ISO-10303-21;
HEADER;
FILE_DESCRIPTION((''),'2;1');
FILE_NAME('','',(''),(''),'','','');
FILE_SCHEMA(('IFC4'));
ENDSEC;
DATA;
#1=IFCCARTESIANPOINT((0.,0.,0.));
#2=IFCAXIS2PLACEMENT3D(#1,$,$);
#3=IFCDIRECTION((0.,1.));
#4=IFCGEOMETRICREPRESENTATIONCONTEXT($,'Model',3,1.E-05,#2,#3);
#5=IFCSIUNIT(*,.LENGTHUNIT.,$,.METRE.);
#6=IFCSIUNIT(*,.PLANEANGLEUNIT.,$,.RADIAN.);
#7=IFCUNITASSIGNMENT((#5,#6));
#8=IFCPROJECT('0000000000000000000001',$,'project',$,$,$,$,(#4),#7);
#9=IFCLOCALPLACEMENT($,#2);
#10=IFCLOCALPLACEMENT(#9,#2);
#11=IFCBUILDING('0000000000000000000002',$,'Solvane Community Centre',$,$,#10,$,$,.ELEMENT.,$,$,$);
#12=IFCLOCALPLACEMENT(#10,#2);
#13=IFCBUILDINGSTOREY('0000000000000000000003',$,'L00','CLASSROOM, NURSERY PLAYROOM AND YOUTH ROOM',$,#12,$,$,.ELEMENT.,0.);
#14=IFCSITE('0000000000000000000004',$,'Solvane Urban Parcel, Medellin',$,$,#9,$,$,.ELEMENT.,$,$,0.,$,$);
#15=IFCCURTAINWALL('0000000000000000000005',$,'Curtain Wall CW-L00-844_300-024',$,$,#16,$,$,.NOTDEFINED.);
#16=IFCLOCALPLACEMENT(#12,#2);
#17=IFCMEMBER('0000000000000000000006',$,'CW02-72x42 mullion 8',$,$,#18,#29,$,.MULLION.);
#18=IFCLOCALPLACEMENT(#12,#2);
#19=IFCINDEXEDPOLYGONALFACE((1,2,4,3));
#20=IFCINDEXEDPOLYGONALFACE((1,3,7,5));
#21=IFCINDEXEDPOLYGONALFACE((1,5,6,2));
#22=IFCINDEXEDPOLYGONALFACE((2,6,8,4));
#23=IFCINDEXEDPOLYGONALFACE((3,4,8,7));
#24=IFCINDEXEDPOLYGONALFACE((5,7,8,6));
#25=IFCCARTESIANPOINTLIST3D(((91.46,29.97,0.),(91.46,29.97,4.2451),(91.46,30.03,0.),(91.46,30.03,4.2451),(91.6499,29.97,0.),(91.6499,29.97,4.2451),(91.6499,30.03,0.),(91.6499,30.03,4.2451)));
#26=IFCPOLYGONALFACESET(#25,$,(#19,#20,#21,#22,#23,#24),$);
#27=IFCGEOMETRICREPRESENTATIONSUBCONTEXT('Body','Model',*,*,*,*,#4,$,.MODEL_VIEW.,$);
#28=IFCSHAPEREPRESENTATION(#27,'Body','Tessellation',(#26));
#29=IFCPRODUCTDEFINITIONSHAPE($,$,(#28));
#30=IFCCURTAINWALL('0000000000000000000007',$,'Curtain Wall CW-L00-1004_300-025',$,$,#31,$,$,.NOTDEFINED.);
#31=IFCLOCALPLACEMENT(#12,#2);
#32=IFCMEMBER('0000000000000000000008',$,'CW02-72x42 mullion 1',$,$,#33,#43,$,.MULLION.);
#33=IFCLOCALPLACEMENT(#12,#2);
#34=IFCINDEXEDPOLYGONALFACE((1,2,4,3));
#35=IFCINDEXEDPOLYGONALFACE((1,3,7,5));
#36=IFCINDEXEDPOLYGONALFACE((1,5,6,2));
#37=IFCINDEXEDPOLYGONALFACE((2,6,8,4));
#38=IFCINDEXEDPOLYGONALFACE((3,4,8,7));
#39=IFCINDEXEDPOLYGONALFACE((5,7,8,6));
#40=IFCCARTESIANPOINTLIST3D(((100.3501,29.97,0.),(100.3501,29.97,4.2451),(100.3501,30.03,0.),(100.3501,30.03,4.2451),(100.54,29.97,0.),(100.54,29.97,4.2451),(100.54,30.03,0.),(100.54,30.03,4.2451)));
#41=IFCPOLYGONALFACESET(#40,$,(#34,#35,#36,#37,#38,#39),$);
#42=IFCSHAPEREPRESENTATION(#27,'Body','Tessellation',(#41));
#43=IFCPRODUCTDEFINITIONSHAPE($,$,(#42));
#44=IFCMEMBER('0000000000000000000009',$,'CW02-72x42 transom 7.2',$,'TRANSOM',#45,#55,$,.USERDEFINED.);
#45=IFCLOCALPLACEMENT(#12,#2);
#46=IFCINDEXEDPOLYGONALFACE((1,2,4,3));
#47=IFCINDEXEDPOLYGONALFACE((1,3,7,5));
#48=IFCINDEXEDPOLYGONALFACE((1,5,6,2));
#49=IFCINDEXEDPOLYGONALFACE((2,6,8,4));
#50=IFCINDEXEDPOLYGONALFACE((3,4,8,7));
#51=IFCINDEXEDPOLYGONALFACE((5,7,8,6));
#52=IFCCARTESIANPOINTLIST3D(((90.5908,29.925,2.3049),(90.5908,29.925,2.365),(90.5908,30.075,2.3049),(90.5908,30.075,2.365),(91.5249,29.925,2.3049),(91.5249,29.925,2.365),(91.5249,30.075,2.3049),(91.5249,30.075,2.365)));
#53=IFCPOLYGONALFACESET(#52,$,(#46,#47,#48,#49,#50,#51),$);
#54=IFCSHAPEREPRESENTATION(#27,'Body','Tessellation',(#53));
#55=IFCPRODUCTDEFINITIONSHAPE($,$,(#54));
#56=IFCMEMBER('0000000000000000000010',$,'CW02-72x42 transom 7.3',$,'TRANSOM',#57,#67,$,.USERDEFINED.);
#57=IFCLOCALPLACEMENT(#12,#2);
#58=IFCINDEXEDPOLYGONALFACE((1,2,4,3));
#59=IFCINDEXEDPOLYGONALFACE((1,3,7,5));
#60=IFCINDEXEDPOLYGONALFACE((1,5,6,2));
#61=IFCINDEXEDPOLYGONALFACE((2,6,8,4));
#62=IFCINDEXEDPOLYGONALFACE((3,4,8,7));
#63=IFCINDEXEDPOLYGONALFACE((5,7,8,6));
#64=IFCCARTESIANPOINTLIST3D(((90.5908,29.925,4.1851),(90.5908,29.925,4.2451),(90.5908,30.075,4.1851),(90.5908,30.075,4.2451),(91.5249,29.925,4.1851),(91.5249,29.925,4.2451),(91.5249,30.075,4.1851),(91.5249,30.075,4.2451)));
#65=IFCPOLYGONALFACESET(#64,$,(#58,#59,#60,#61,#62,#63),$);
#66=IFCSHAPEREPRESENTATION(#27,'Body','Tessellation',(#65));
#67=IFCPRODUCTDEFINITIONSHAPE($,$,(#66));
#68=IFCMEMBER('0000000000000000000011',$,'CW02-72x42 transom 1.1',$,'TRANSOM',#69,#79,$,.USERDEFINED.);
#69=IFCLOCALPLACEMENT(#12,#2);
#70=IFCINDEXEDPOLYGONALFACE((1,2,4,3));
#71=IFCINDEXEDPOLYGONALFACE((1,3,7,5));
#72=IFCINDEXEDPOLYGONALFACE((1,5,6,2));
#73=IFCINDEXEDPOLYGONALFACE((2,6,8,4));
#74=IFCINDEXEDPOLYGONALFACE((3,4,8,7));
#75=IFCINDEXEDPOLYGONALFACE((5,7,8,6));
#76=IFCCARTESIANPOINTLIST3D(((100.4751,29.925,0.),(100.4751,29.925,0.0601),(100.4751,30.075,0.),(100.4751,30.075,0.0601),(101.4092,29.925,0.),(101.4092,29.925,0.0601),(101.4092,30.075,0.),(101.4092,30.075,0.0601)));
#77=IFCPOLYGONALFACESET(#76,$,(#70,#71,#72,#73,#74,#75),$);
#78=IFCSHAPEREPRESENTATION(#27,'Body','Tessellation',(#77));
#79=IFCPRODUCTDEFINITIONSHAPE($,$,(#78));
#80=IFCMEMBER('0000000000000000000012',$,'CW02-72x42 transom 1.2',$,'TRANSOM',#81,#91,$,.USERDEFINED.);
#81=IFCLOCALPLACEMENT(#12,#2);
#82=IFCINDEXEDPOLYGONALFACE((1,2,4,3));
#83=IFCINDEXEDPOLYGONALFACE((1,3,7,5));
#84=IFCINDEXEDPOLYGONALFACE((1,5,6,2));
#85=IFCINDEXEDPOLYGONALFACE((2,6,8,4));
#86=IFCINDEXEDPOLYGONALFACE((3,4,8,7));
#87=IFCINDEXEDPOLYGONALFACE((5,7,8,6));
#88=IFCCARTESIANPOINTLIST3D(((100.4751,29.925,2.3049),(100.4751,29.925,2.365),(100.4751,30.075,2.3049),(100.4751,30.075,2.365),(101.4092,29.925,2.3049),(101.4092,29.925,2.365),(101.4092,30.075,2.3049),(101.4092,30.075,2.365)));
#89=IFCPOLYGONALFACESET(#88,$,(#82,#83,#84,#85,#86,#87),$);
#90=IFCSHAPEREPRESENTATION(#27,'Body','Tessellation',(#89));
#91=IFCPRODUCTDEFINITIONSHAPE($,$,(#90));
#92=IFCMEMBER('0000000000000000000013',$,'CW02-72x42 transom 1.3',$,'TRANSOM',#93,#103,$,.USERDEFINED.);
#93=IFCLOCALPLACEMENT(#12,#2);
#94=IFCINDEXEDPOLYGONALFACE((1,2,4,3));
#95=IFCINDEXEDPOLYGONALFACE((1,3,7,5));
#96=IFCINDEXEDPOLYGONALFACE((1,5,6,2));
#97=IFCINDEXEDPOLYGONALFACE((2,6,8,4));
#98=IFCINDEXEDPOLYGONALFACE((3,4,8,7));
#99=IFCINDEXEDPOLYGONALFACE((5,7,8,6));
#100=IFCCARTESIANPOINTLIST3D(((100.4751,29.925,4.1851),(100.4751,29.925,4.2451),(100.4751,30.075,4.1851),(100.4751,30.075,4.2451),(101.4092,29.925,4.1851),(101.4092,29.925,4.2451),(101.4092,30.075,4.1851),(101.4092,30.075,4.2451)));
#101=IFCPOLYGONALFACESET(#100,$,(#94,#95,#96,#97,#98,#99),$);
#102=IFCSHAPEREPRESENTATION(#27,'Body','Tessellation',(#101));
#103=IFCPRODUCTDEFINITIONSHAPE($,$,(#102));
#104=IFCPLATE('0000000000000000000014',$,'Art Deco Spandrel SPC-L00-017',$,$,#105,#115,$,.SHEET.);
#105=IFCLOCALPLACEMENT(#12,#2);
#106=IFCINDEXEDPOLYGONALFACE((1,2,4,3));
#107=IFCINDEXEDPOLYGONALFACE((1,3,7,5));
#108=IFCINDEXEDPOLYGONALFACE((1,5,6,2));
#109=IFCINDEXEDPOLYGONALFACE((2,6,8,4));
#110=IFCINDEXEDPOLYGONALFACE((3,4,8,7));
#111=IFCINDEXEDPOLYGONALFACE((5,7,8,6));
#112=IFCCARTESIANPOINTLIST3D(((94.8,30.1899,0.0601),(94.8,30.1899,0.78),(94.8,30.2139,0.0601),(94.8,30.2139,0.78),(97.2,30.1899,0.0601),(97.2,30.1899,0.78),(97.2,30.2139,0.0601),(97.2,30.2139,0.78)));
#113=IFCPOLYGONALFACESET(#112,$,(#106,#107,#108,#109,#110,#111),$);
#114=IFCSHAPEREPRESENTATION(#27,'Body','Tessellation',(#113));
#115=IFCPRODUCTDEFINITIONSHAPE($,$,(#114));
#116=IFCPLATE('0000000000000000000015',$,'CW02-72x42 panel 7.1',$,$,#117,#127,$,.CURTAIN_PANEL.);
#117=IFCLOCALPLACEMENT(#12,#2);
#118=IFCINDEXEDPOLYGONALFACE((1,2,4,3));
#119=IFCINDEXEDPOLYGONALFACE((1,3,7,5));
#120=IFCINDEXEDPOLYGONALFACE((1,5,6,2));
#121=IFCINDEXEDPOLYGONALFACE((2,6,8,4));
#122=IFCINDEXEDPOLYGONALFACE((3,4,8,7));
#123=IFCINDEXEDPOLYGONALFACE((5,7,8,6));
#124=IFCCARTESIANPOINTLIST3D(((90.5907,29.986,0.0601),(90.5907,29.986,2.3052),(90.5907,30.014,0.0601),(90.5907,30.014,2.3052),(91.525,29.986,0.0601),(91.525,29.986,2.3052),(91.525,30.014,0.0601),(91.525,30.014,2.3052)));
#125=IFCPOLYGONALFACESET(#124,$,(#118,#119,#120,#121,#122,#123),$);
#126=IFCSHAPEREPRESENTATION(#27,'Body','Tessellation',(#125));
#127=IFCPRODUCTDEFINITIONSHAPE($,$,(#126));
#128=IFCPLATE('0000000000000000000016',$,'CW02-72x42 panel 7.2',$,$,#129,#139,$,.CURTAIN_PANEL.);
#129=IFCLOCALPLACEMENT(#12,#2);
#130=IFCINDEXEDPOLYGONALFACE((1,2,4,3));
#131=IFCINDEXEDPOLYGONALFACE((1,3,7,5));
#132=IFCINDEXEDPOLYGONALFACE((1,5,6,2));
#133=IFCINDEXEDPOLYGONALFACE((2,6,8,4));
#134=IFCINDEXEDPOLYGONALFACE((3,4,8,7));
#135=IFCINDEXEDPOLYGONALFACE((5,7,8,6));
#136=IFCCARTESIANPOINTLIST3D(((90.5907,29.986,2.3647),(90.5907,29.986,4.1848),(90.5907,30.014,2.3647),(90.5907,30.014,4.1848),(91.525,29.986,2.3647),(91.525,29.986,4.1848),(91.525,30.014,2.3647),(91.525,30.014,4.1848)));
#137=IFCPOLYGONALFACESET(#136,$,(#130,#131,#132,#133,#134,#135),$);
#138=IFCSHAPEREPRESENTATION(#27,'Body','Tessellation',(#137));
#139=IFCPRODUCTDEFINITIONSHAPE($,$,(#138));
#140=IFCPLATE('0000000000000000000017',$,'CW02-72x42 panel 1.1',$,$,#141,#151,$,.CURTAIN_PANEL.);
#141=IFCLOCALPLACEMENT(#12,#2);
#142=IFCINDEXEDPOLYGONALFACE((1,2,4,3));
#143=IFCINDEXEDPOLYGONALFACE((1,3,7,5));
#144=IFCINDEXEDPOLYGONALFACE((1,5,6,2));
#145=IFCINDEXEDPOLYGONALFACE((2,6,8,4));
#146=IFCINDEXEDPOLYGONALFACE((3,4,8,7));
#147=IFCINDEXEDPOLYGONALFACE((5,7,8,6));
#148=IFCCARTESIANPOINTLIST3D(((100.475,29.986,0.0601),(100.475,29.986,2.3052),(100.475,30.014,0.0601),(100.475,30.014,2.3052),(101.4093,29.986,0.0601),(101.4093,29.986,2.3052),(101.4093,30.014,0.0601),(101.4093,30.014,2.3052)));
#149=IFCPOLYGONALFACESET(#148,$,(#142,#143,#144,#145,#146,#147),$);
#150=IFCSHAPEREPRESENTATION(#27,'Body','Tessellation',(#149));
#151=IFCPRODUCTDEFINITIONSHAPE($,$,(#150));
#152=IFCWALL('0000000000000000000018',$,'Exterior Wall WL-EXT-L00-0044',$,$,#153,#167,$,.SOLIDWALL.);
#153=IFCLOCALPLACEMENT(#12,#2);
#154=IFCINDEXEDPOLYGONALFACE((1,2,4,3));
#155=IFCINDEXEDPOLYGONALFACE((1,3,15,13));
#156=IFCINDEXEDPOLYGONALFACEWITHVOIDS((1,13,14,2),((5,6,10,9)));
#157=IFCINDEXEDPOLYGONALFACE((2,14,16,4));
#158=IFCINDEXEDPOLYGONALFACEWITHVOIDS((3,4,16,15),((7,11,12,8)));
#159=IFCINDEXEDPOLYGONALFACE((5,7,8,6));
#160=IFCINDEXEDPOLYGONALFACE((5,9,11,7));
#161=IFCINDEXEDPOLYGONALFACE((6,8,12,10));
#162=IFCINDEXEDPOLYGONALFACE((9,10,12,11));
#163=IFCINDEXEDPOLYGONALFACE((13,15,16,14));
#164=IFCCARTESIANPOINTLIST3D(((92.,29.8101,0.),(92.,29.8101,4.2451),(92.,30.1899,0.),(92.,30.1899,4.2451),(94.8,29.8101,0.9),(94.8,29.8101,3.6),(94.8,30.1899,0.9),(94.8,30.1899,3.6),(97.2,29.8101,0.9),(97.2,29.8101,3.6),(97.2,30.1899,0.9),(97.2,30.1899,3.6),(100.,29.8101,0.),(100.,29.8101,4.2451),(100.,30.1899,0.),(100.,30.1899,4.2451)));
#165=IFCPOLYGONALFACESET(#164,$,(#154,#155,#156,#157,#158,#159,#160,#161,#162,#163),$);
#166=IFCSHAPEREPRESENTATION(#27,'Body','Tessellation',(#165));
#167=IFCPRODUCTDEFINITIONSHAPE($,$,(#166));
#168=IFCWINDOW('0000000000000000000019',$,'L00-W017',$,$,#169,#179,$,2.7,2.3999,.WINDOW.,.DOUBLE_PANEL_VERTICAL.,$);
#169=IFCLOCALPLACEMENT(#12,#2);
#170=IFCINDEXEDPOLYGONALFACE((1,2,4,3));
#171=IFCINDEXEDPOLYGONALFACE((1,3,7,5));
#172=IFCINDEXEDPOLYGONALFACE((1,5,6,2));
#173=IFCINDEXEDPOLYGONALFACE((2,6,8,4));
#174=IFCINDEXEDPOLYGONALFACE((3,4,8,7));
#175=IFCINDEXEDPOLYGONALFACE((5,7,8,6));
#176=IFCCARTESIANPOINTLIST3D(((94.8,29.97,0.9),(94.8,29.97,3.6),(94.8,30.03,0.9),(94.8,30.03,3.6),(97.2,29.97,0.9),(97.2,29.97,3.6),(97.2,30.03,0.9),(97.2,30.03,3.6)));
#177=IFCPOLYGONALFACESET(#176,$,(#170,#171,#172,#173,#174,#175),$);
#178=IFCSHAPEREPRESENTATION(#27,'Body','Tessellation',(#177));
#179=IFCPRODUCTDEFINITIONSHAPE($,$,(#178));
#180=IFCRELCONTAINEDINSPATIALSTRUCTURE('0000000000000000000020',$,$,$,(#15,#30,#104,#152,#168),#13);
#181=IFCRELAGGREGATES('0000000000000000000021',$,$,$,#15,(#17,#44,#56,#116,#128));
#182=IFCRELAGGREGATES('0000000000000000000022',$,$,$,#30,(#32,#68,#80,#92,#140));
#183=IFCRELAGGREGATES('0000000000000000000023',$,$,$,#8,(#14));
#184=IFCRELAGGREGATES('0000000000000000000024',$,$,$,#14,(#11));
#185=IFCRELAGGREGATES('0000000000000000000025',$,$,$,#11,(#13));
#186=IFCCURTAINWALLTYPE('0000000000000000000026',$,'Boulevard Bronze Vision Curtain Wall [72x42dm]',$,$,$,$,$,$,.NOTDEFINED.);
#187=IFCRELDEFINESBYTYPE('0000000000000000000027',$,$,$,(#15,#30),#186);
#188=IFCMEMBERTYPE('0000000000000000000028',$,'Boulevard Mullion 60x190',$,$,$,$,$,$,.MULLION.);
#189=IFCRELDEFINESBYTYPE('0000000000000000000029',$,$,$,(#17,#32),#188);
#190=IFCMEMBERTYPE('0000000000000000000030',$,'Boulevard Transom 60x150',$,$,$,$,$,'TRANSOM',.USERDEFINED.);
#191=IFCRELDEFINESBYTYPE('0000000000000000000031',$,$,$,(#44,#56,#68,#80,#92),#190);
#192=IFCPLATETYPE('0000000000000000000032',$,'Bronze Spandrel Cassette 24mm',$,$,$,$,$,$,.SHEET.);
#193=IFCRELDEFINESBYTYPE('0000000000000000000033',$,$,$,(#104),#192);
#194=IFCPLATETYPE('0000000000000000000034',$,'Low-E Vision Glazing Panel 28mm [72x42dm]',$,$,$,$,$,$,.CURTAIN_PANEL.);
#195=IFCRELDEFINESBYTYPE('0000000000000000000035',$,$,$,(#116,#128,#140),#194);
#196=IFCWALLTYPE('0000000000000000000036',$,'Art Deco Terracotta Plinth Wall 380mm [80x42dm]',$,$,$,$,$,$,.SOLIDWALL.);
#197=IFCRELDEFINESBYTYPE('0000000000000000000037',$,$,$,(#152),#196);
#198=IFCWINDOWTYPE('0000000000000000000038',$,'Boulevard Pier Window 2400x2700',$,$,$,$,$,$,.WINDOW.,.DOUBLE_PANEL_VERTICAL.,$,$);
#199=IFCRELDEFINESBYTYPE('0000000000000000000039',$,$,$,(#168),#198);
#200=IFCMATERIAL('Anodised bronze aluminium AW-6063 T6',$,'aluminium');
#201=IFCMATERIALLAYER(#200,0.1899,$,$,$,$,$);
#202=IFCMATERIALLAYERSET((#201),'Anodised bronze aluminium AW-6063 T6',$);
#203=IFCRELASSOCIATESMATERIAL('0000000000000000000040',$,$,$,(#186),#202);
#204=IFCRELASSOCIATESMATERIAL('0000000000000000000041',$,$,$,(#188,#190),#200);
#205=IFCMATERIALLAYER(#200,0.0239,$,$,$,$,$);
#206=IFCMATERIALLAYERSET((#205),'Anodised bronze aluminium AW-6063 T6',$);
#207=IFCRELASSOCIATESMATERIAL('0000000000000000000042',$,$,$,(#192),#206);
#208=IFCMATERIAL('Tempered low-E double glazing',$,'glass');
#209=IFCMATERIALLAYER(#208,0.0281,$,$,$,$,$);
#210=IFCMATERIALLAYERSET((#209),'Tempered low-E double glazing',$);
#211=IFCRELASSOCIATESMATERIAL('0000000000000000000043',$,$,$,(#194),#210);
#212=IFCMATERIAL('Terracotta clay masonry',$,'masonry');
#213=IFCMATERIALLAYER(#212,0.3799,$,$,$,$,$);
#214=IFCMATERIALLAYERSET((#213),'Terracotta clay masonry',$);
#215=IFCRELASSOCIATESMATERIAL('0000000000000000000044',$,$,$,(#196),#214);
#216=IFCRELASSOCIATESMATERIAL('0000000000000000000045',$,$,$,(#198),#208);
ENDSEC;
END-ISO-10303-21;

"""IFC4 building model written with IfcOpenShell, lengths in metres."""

from ifc_helpers import new_model, si_unit, direction, frame, frame_2d, origin, origin_2d, place, context, subcontext, project, spatial, rectangle, extrude, material, layer, layer_set, material_profile, profile_set, type_object, element, fill, aggregate, save


model = new_model("IFC4")

# Units and contexts
model_context = context("Model", 3, precision=1e-05, world=origin(), true_north=direction((0.0, 1.0)))
body_context = subcontext(model_context, "Body", "Model", "MODEL_VIEW")
ifc_project = project(units=[si_unit("LENGTHUNIT", "METRE"), si_unit("PLANEANGLEUNIT", "RADIAN")], contexts=[model_context])

# Site, building, storey
site_placement = place(None, origin())
site = spatial("IfcSite", under=ifc_project, at=site_placement, Name="Solvane Urban Parcel, Medellin", CompositionType="ELEMENT", RefElevation=0.0)
building_placement = place(site_placement, origin())
building = spatial("IfcBuilding", under=site, at=building_placement, Name="Solvane Community Centre", CompositionType="ELEMENT")
storey_placement = place(building_placement, origin())
storey = spatial("IfcBuildingStorey", under=building, at=storey_placement, Name="L00", Description="CLASSROOM, NURSERY PLAYROOM AND YOUTH ROOM", CompositionType="ELEMENT", Elevation=0.0)

# Curtain walls, members
ifc_material_1 = material(Name="Anodised bronze aluminium AW-6063 T6", Category="aluminium")
ifc_layer_1 = layer(ifc_material_1, 0.1899)
ifc_layer_set_1 = layer_set([ifc_layer_1], Name="Anodised bronze aluminium AW-6063 T6")
curtain_wall_type = type_object("IfcCurtainWallType", Name="Boulevard Bronze Vision Curtain Wall [72x42dm]", PredefinedType="NOTDEFINED", material=ifc_layer_set_1)
curtain_wall_1_placement = place(storey_placement, origin())
curtain_wall_1 = element("IfcCurtainWall", 1, at=curtain_wall_1_placement, inside=storey, type_object=curtain_wall_type, Name="Curtain Wall CW-L00-844_300-024", PredefinedType="NOTDEFINED")
ifc_material_profile_1 = material_profile(ifc_material_1, rectangle(XDim=0.0601, YDim=0.1899, at=origin_2d()), Name="CW-M 60x190")
ifc_profile_set_1 = profile_set([ifc_material_profile_1], Name="Anodised bronze aluminium AW-6063 T6")
member_type_1 = type_object("IfcMemberType", Name="Boulevard Mullion 60x190", PredefinedType="MULLION", material=ifc_profile_set_1)
member_1_placement = place(storey_placement, frame((91.5549, 30.0, 0.0), z_axis=(0.0, 0.0, 1.0), x_axis=(0.0, 1.0, 0.0)))
member_1 = element("IfcMember", 2, at=member_1_placement, type_object=member_type_1, Name="CW02-72x42 mullion 8", PredefinedType="MULLION", context=body_context, shape_type="SweptSolid", body=[
    extrude(rectangle(XDim=0.0601, YDim=0.1899, at=origin_2d()), origin(), (0.0, 0.0, 1.0), 4.2451),
])
curtain_wall_2_placement = place(storey_placement, origin())
curtain_wall_2 = element("IfcCurtainWall", 3, at=curtain_wall_2_placement, inside=storey, type_object=curtain_wall_type, Name="Curtain Wall CW-L00-1004_300-025", PredefinedType="NOTDEFINED")
member_2_placement = place(storey_placement, frame((100.4451, 30.0, 0.0), z_axis=(0.0, 0.0, 1.0), x_axis=(0.0, 1.0, 0.0)))
member_2 = element("IfcMember", 4, at=member_2_placement, type_object=member_type_1, Name="CW02-72x42 mullion 1", PredefinedType="MULLION", context=body_context, shape_type="SweptSolid", body=[
    extrude(rectangle(XDim=0.0601, YDim=0.1899, at=origin_2d()), origin(), (0.0, 0.0, 1.0), 4.2451),
])

# Members
ifc_material_profile_2 = material_profile(ifc_material_1, rectangle(XDim=0.1499, YDim=0.0601, at=origin_2d()), Name="CW-T 60x150")
ifc_profile_set_2 = profile_set([ifc_material_profile_2], Name="Anodised bronze aluminium AW-6063 T6")
member_type_2 = type_object("IfcMemberType", Name="Boulevard Transom 60x150", ElementType="TRANSOM", PredefinedType="USERDEFINED", material=ifc_profile_set_2)
member_3_placement = place(storey_placement, frame((90.5908, 30.0, 2.335), z_axis=(1.0, 0.0, 0.0), x_axis=(0.0, 1.0, 0.0)))
member_3 = element("IfcMember", 5, at=member_3_placement, type_object=member_type_2, Name="CW02-72x42 transom 7.2", ObjectType="TRANSOM", PredefinedType="USERDEFINED", context=body_context, shape_type="SweptSolid", body=[
    extrude(rectangle(XDim=0.1499, YDim=0.0601, at=origin_2d()), origin(), (0.0, 0.0, 1.0), 0.9341),
])
member_4_placement = place(storey_placement, frame((90.5908, 30.0, 4.2151), z_axis=(1.0, 0.0, 0.0), x_axis=(0.0, 1.0, 0.0)))
member_4 = element("IfcMember", 6, at=member_4_placement, type_object=member_type_2, Name="CW02-72x42 transom 7.3", ObjectType="TRANSOM", PredefinedType="USERDEFINED", context=body_context, shape_type="SweptSolid", body=[
    extrude(rectangle(XDim=0.1499, YDim=0.0601, at=origin_2d()), origin(), (0.0, 0.0, 1.0), 0.9341),
])
member_5_placement = place(storey_placement, frame((100.4751, 30.0, 0.03), z_axis=(1.0, 0.0, 0.0), x_axis=(0.0, 1.0, 0.0)))
member_5 = element("IfcMember", 7, at=member_5_placement, type_object=member_type_2, Name="CW02-72x42 transom 1.1", ObjectType="TRANSOM", PredefinedType="USERDEFINED", context=body_context, shape_type="SweptSolid", body=[
    extrude(rectangle(XDim=0.1499, YDim=0.0601, at=origin_2d()), origin(), (0.0, 0.0, 1.0), 0.9341),
])
member_6_placement = place(storey_placement, frame((100.4751, 30.0, 2.335), z_axis=(1.0, 0.0, 0.0), x_axis=(0.0, 1.0, 0.0)))
member_6 = element("IfcMember", 8, at=member_6_placement, type_object=member_type_2, Name="CW02-72x42 transom 1.2", ObjectType="TRANSOM", PredefinedType="USERDEFINED", context=body_context, shape_type="SweptSolid", body=[
    extrude(rectangle(XDim=0.1499, YDim=0.0601, at=origin_2d()), origin(), (0.0, 0.0, 1.0), 0.9341),
])
member_7_placement = place(storey_placement, frame((100.4751, 30.0, 4.2151), z_axis=(1.0, 0.0, 0.0), x_axis=(0.0, 1.0, 0.0)))
member_7 = element("IfcMember", 9, at=member_7_placement, type_object=member_type_2, Name="CW02-72x42 transom 1.3", ObjectType="TRANSOM", PredefinedType="USERDEFINED", context=body_context, shape_type="SweptSolid", body=[
    extrude(rectangle(XDim=0.1499, YDim=0.0601, at=origin_2d()), origin(), (0.0, 0.0, 1.0), 0.9341),
])

# Plates
ifc_layer_2 = layer(ifc_material_1, 0.0239)
ifc_layer_set_2 = layer_set([ifc_layer_2], Name="Anodised bronze aluminium AW-6063 T6")
plate_type_1 = type_object("IfcPlateType", Name="Bronze Spandrel Cassette 24mm", PredefinedType="SHEET", material=ifc_layer_set_2)
plate_1_placement = place(storey_placement, frame((96.0, 30.2019, 0.0601), z_axis=(0.0, 0.0, 1.0), x_axis=(1.0, 0.0, 0.0)))
element("IfcPlate", 10, at=plate_1_placement, inside=storey, type_object=plate_type_1, Name="Art Deco Spandrel SPC-L00-017", PredefinedType="SHEET", context=body_context, shape_type="SweptSolid", body=[
    extrude(rectangle(XDim=2.3999, YDim=0.0239, at=origin_2d()), origin(), (0.0, 0.0, 1.0), 0.72),
])
ifc_material_2 = material(Name="Tempered low-E double glazing", Category="glass")
ifc_layer_3 = layer(ifc_material_2, 0.0281)
ifc_layer_set_3 = layer_set([ifc_layer_3], Name="Tempered low-E double glazing")
plate_type_2 = type_object("IfcPlateType", Name="Low-E Vision Glazing Panel 28mm [72x42dm]", PredefinedType="CURTAIN_PANEL", material=ifc_layer_set_3)
plate_2_placement = place(storey_placement, frame((91.0579, 30.0, 0.0601), z_axis=(0.0, 0.0, 1.0), x_axis=(1.0, 0.0, 0.0)))
plate_2 = element("IfcPlate", 11, at=plate_2_placement, type_object=plate_type_2, Name="CW02-72x42 panel 7.1", PredefinedType="CURTAIN_PANEL", context=body_context, shape_type="SweptSolid", body=[
    extrude(rectangle(XDim=0.9343, YDim=0.0281, at=origin_2d()), origin(), (0.0, 0.0, 1.0), 2.2451),
])
plate_3_placement = place(storey_placement, frame((91.0579, 30.0, 2.3647), z_axis=(0.0, 0.0, 1.0), x_axis=(1.0, 0.0, 0.0)))
plate_3 = element("IfcPlate", 12, at=plate_3_placement, type_object=plate_type_2, Name="CW02-72x42 panel 7.2", PredefinedType="CURTAIN_PANEL", context=body_context, shape_type="SweptSolid", body=[
    extrude(rectangle(XDim=0.9343, YDim=0.0281, at=origin_2d()), origin(), (0.0, 0.0, 1.0), 1.8201),
])
aggregate(curtain_wall_1, [member_1, member_3, member_4, plate_2, plate_3])
plate_4_placement = place(storey_placement, frame((100.9421, 30.0, 0.0601), z_axis=(0.0, 0.0, 1.0), x_axis=(1.0, 0.0, 0.0)))
plate_4 = element("IfcPlate", 13, at=plate_4_placement, type_object=plate_type_2, Name="CW02-72x42 panel 1.1", PredefinedType="CURTAIN_PANEL", context=body_context, shape_type="SweptSolid", body=[
    extrude(rectangle(XDim=0.9343, YDim=0.0281, at=origin_2d()), origin(), (0.0, 0.0, 1.0), 2.2451),
])
aggregate(curtain_wall_2, [member_2, member_5, member_6, member_7, plate_4])

# Wall, opening, window
ifc_material_3 = material(Name="Terracotta clay masonry", Category="masonry")
ifc_layer_4 = layer(ifc_material_3, 0.3799)
ifc_layer_set_4 = layer_set([ifc_layer_4], Name="Terracotta clay masonry")
wall_type = type_object("IfcWallType", Name="Art Deco Terracotta Plinth Wall 380mm [80x42dm]", PredefinedType="SOLIDWALL", material=ifc_layer_set_4)
wall_placement = place(storey_placement, frame((92.0, 30.0, 0.0), z_axis=(0.0, 0.0, 1.0), x_axis=(1.0, 0.0, 0.0)))
wall = element("IfcWall", 14, at=wall_placement, inside=storey, type_object=wall_type, Name="Exterior Wall WL-EXT-L00-0044", PredefinedType="SOLIDWALL", context=body_context, shape_type="SweptSolid", body=[
    extrude(rectangle(XDim=8.0, YDim=0.3799, at=frame_2d((4.0, 0.0))), origin(), (0.0, 0.0, 1.0), 4.2451),
])
opening_placement = place(wall_placement, frame((2.8, 0.0, 0.8999)))
opening = element("IfcOpeningElement", 15, at=opening_placement, cuts=wall, PredefinedType="OPENING", context=body_context, shape_type="SweptSolid", body=[
    extrude(rectangle(XDim=2.3999, YDim=2.7, at=frame_2d((1.2, 1.3501))), frame((0.0, 0.2, 0.0), z_axis=(0.0, -1.0, 0.0), x_axis=(1.0, 0.0, 0.0)), (0.0, 0.0, 1.0), 0.3999),
])
window_type = type_object("IfcWindowType", Name="Boulevard Pier Window 2400x2700", PartitioningType="DOUBLE_PANEL_VERTICAL", PredefinedType="WINDOW", material=ifc_material_2)
window_placement = place(opening_placement, origin())
window = element("IfcWindow", 16, at=window_placement, inside=storey, type_object=window_type, Name="L00-W017", OverallHeight=2.7, OverallWidth=2.3999, PartitioningType="DOUBLE_PANEL_VERTICAL", PredefinedType="WINDOW", context=body_context, shape_type="SweptSolid", body=[
    extrude(rectangle(XDim=2.3999, YDim=2.7, at=frame_2d((1.2, 1.3501))), frame((0.0, 0.03, 0.0), z_axis=(0.0, -1.0, 0.0), x_axis=(1.0, 0.0, 0.0)), (0.0, 0.0, 1.0), 0.0601),
])
fill(opening, window)

save(model, "model.ifc")
